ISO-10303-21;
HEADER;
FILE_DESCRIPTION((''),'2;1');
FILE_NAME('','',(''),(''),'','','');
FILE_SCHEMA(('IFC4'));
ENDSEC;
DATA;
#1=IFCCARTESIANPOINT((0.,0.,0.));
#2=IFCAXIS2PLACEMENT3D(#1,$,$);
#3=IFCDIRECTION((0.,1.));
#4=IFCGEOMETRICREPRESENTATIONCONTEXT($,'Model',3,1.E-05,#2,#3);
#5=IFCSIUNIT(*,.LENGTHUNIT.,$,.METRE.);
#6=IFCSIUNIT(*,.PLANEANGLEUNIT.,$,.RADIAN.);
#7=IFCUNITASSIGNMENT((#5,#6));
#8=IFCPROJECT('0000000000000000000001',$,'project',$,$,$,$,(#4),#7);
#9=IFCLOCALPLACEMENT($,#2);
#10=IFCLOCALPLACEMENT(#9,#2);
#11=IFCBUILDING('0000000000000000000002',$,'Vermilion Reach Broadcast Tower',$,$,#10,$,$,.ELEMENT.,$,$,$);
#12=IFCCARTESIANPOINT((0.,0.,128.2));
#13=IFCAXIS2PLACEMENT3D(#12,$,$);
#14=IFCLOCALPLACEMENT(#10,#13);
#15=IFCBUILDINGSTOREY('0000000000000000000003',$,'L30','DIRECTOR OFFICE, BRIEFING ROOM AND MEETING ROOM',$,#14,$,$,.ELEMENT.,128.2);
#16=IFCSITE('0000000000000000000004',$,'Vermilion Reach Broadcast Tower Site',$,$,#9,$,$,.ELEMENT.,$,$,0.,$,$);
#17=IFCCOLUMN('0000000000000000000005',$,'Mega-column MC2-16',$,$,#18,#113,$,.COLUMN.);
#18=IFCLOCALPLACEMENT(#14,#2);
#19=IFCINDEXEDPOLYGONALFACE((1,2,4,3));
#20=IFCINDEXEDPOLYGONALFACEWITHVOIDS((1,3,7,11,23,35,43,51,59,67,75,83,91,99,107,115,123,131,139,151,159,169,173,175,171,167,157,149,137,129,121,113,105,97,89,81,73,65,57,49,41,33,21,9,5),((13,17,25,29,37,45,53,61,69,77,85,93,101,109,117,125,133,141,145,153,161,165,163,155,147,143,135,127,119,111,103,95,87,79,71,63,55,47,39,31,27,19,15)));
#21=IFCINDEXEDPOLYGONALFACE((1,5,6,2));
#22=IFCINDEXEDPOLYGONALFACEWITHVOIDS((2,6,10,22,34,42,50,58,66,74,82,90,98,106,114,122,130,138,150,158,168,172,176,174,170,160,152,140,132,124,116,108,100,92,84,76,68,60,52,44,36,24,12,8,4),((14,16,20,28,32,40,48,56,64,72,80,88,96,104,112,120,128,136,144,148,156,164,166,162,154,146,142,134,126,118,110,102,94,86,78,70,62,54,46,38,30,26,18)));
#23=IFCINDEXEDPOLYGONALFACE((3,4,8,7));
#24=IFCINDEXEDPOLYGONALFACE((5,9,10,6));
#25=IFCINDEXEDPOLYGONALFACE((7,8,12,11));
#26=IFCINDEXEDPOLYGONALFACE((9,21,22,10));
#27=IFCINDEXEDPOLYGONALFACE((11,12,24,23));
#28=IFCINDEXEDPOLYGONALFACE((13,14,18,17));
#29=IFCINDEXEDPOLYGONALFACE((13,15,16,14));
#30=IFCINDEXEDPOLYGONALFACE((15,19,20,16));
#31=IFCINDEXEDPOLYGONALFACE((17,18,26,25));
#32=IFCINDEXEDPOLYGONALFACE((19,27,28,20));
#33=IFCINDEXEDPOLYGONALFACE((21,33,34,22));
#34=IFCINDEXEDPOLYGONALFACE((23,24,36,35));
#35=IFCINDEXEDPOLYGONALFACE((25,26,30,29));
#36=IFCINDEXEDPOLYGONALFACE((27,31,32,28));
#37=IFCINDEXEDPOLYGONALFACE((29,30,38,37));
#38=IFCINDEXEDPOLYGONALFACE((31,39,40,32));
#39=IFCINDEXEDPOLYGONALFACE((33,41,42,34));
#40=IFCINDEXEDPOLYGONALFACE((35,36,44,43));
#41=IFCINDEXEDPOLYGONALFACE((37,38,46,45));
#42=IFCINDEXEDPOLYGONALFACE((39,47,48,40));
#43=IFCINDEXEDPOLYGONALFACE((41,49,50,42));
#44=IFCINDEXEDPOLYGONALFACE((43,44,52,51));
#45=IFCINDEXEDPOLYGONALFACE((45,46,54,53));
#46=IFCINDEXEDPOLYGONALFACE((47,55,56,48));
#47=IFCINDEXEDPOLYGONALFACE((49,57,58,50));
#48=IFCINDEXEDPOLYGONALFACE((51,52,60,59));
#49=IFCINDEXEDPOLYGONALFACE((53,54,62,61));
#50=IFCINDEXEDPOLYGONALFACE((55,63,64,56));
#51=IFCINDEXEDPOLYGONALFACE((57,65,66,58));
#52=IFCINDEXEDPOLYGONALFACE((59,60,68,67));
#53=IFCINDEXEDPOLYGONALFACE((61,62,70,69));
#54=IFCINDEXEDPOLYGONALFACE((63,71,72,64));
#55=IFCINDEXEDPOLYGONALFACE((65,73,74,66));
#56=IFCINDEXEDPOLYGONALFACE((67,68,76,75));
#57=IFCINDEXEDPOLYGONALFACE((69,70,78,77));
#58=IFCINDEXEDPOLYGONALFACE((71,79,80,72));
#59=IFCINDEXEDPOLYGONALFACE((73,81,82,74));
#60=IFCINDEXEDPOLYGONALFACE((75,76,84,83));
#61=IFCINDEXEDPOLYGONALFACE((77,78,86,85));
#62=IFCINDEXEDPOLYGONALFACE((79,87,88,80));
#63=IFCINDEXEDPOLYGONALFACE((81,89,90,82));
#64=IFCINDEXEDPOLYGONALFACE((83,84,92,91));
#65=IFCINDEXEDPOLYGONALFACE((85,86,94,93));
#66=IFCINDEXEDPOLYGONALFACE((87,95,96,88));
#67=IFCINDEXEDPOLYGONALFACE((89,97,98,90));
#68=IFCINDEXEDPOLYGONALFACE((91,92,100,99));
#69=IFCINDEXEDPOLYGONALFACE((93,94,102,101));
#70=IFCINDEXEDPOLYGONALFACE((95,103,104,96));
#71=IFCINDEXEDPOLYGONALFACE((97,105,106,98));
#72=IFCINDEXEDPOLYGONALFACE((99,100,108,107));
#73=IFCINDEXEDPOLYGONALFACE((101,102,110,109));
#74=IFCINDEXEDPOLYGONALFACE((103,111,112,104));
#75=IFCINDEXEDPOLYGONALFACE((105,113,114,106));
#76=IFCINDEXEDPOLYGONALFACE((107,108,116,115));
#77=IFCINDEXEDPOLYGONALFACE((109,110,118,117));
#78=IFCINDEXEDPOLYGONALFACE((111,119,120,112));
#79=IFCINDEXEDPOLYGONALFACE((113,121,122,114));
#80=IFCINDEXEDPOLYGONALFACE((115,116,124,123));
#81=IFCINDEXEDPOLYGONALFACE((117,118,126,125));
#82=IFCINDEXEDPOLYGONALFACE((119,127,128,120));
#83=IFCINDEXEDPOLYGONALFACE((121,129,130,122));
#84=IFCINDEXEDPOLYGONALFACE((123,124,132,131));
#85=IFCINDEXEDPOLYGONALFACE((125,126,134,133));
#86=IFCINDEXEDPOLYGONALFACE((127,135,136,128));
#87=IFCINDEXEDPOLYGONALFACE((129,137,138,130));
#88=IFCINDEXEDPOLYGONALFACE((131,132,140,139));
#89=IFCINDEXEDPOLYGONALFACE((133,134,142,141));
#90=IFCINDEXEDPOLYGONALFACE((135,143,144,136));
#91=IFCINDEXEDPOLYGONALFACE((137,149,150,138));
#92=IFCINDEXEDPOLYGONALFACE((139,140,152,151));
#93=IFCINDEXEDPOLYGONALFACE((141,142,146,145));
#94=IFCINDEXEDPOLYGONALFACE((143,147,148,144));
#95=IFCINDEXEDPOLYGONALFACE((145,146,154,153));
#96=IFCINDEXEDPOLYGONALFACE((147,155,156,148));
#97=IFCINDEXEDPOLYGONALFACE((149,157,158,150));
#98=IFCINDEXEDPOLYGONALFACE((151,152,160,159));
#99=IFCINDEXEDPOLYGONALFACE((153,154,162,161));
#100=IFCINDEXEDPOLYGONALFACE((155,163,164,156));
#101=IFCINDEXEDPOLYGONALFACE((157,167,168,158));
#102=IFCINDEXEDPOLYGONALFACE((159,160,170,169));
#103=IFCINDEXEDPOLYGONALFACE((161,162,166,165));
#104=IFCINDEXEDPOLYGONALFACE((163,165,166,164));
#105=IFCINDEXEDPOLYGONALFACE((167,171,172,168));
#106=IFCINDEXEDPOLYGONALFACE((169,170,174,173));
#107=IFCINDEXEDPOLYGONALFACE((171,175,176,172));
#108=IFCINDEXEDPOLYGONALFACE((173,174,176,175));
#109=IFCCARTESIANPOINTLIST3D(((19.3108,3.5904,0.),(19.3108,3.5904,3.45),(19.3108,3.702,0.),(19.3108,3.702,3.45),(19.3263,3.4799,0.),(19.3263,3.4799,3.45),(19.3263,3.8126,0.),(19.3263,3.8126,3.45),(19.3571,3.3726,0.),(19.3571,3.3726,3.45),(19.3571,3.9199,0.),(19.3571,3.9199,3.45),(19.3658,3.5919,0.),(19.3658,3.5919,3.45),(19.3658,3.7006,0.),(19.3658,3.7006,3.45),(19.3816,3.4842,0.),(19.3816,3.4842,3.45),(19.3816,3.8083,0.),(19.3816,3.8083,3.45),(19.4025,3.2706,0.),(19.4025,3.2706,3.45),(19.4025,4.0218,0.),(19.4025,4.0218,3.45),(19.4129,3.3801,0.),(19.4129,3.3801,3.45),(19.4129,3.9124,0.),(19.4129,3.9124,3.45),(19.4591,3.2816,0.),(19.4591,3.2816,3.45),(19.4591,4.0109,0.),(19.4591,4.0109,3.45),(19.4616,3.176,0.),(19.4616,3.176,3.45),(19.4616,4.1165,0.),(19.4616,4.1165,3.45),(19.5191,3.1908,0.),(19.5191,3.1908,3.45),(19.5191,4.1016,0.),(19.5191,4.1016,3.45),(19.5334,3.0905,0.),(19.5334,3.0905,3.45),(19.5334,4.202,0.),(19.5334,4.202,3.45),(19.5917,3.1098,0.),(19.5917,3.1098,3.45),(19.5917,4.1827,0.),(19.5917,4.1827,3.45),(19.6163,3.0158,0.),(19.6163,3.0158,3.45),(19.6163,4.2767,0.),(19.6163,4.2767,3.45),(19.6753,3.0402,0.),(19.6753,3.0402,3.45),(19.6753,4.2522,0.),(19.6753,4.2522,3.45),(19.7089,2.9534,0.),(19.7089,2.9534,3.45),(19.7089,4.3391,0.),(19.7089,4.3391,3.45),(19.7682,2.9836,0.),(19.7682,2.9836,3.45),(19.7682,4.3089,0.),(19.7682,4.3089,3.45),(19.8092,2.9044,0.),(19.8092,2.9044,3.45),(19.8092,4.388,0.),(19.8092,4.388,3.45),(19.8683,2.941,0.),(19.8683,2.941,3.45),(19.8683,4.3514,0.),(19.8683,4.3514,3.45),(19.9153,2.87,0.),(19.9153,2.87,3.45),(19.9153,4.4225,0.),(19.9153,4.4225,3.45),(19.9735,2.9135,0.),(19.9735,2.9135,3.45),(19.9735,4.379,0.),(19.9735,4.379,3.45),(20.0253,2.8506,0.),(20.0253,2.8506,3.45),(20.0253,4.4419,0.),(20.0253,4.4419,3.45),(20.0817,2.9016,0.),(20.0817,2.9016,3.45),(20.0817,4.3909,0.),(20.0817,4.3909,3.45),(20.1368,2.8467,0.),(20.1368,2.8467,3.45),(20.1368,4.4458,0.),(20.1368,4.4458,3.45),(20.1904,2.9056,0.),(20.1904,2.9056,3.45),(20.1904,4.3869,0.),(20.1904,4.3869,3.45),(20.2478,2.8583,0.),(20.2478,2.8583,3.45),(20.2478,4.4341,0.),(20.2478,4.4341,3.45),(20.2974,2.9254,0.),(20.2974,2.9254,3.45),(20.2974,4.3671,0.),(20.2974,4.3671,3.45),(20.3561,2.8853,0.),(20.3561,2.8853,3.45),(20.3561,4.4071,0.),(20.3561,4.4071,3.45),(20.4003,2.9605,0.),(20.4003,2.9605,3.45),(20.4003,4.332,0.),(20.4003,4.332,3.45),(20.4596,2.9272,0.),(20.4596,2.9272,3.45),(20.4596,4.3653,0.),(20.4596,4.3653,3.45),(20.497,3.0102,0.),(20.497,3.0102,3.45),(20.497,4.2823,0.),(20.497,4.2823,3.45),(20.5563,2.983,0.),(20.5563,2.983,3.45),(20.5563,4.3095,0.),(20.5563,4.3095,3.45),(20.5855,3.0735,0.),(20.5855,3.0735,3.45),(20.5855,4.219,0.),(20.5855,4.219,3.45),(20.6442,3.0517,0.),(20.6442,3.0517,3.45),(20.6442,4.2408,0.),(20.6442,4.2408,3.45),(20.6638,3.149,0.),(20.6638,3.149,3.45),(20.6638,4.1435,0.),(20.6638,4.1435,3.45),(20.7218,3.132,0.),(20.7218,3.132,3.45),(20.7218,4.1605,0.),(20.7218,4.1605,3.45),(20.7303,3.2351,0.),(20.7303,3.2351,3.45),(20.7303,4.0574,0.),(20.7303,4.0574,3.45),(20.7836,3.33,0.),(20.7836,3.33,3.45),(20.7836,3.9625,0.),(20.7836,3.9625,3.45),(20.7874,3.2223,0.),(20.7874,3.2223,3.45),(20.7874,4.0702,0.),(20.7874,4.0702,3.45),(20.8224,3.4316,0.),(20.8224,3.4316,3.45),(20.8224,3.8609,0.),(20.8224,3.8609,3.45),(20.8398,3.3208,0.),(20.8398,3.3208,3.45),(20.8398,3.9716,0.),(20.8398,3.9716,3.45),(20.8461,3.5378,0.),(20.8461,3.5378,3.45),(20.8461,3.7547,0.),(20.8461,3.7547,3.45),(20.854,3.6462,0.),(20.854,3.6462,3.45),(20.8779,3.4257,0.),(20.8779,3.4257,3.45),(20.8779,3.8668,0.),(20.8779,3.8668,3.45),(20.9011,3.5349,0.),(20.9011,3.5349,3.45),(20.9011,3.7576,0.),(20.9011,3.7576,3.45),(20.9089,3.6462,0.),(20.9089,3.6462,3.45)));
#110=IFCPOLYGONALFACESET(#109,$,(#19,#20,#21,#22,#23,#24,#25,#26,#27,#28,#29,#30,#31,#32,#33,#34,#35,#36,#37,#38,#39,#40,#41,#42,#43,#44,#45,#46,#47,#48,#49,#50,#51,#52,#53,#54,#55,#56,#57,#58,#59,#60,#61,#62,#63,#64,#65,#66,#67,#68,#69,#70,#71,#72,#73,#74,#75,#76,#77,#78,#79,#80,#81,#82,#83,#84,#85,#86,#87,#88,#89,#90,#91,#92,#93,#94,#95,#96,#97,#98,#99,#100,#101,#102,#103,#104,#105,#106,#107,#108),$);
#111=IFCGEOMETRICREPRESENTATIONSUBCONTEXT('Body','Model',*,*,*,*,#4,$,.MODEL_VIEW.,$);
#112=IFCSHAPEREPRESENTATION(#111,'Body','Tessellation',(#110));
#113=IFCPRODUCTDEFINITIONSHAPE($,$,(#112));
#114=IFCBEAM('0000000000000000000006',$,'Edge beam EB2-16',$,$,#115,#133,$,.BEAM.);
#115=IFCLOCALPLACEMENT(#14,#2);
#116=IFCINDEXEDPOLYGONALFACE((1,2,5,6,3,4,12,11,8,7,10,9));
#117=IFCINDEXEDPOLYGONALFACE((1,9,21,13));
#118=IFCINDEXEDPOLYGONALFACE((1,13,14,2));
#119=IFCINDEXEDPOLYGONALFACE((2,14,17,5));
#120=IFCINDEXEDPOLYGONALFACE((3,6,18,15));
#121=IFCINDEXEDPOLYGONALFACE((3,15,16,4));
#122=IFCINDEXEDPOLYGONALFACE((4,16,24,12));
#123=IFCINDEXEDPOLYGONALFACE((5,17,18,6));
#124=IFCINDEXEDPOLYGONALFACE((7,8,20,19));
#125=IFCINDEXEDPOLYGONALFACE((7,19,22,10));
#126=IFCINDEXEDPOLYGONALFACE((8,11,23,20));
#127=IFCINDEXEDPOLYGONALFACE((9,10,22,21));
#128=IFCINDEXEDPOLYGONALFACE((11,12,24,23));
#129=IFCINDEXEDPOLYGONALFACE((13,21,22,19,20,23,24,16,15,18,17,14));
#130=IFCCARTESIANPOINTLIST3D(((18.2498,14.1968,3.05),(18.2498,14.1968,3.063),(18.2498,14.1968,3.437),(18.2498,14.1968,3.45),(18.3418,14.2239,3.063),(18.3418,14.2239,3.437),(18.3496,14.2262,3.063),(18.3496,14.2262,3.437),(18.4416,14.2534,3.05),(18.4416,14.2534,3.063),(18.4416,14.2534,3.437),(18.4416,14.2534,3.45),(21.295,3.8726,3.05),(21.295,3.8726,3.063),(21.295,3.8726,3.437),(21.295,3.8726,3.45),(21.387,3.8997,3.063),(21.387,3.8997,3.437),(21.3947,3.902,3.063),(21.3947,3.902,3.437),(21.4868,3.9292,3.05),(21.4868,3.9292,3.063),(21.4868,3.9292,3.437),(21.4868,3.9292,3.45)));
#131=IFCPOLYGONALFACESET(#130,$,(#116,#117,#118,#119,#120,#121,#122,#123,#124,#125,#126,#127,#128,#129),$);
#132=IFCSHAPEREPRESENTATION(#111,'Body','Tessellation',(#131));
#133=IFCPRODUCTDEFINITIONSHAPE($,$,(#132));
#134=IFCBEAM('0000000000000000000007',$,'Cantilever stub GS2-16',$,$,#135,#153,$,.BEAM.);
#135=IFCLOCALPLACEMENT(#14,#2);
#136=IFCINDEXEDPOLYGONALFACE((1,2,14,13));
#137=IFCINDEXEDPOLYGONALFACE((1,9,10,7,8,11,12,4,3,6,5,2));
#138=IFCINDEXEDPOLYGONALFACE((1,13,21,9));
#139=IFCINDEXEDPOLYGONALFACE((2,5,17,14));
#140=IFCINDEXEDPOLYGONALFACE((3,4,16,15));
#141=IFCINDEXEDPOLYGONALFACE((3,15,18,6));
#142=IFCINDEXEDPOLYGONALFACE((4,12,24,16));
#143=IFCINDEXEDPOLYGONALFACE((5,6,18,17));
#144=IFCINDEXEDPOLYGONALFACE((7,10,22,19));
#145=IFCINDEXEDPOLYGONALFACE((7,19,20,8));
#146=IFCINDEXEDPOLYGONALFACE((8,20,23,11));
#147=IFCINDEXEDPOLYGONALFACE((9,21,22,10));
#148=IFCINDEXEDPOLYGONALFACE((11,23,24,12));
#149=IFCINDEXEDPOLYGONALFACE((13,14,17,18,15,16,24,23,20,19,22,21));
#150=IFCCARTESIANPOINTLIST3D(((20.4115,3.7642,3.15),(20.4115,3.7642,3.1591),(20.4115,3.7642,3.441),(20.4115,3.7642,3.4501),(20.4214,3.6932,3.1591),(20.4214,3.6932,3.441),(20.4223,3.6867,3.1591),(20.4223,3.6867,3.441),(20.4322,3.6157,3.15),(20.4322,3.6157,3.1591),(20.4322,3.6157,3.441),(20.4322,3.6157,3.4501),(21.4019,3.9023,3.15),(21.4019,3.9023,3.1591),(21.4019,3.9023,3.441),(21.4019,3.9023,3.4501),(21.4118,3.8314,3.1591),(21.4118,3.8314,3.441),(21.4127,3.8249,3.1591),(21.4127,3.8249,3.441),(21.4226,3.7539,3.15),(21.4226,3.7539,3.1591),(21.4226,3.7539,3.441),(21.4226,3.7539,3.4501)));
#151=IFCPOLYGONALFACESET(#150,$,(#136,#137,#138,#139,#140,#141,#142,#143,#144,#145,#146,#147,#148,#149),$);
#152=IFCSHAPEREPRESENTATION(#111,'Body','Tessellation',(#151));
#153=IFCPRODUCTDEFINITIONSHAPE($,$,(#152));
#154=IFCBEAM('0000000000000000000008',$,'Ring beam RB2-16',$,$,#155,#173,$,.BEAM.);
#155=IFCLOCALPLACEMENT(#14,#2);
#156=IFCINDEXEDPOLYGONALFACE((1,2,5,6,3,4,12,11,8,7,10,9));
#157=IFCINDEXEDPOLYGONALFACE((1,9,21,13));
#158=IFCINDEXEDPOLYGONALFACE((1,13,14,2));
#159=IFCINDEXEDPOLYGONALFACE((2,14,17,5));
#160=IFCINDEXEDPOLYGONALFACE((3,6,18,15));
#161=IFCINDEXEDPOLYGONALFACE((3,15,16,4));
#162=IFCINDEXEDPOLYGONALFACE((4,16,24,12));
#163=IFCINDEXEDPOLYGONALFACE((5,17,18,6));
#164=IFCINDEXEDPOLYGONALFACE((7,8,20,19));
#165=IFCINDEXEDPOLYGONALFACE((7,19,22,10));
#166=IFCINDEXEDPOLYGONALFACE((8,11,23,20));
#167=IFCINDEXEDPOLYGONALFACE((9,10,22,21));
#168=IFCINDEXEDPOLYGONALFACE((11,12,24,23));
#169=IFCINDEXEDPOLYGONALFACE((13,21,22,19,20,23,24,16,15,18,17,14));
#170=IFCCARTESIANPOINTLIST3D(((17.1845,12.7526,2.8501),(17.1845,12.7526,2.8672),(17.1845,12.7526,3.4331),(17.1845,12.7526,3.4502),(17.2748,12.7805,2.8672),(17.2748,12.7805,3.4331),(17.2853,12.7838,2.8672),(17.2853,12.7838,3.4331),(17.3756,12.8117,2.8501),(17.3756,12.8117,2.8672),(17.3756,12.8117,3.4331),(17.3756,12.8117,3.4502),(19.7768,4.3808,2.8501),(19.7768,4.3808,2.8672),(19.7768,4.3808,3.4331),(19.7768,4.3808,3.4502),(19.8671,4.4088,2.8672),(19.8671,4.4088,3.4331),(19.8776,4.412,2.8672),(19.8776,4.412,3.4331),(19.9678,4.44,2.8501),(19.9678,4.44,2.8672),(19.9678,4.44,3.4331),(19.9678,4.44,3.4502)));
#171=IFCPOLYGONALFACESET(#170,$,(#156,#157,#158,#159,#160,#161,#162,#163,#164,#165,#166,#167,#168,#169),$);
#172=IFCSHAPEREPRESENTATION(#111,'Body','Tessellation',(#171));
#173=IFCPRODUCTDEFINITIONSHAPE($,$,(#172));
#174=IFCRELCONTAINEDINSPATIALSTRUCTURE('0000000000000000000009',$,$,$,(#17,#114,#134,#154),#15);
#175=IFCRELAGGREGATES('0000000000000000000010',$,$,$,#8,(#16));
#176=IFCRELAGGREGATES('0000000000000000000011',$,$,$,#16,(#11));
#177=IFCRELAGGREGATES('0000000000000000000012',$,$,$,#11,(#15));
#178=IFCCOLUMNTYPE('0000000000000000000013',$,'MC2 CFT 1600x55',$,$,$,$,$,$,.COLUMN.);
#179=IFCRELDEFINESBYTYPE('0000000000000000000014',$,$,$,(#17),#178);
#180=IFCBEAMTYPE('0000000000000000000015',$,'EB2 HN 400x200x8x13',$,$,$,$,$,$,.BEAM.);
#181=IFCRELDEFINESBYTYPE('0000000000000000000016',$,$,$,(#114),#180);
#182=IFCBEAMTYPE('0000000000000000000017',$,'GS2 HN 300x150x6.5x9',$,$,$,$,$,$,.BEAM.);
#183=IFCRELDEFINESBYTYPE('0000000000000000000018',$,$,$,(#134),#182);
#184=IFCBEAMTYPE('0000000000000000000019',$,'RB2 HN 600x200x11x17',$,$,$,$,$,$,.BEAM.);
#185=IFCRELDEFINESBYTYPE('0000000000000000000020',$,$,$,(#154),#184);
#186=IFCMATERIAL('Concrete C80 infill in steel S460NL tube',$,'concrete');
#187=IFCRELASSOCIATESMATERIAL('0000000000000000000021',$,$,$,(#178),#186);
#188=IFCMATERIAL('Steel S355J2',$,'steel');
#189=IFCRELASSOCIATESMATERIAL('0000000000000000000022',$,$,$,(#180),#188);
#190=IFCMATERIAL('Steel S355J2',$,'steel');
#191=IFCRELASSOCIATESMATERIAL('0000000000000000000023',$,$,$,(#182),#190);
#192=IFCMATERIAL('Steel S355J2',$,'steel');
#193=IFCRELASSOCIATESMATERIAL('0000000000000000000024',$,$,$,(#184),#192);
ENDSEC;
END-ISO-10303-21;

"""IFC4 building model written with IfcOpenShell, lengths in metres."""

from ifc_helpers import new_model, si_unit, direction, frame, origin, origin_2d, place, context, subcontext, project, spatial, hollow_circle, i_section, extrude, material, material_profile, profile_set, type_object, element, save


model = new_model("IFC4")

# Units and contexts
model_context = context("Model", 3, precision=1e-05, world=origin(), true_north=direction((0.0, 1.0)))
body_context = subcontext(model_context, "Body", "Model", "MODEL_VIEW")
ifc_project = project(units=[si_unit("LENGTHUNIT", "METRE"), si_unit("PLANEANGLEUNIT", "RADIAN")], contexts=[model_context])

# Site, building, storey
site_placement = place(None, origin())
site = spatial("IfcSite", under=ifc_project, at=site_placement, Name="Vermilion Reach Broadcast Tower Site", CompositionType="ELEMENT", RefElevation=0.0)
building_placement = place(site_placement, origin())
building = spatial("IfcBuilding", under=site, at=building_placement, Name="Vermilion Reach Broadcast Tower", CompositionType="ELEMENT")
storey_placement = place(building_placement, frame((0.0, 0.0, 128.2)))
storey = spatial("IfcBuildingStorey", under=building, at=storey_placement, Name="L30", Description="DIRECTOR OFFICE, BRIEFING ROOM AND MEETING ROOM", CompositionType="ELEMENT", Elevation=128.2)

# Column
ifc_material_1 = material(Name="Concrete C80 infill in steel S460NL tube", Category="concrete")
ifc_material_profile_1 = material_profile(ifc_material_1, hollow_circle(Radius=0.8, WallThickness=0.0549, at=origin_2d()), Name="Concrete C80 infill in steel S460NL tube CFT 1600x55")
ifc_profile_set_1 = profile_set([ifc_material_profile_1], Name="Concrete C80 infill in steel S460NL tube")
column_type = type_object("IfcColumnType", Name="MC2 CFT 1600x55", PredefinedType="COLUMN", material=ifc_profile_set_1)
column_placement = place(storey_placement, frame((20.1089, 3.6462, 0.0), z_axis=(0.0, 0.0, 1.0), x_axis=(1.0, 0.0, 0.0)))
element("IfcColumn", 1, at=column_placement, inside=storey, type_object=column_type, Name="Mega-column MC2-16", PredefinedType="COLUMN", context=body_context, shape_type="SweptSolid", body=[
    extrude(hollow_circle(Radius=0.8, WallThickness=0.0549, at=origin_2d()), origin(), (0.0, 0.0, 1.0), 3.45),
])

# Beams
ifc_material_2 = material(Name="Steel S355J2", Category="steel")
ifc_material_profile_2 = material_profile(ifc_material_2, i_section(OverallWidth=0.2, OverallDepth=0.3999, WebThickness=0.0081, FlangeThickness=0.0129, at=origin_2d()), Name="S355J2 HN 400x200x8x13")
ifc_profile_set_2 = profile_set([ifc_material_profile_2], Name="Steel S355J2")
beam_type_1 = type_object("IfcBeamType", Name="EB2 HN 400x200x8x13", PredefinedType="BEAM", material=ifc_profile_set_2)
beam_1_placement = place(storey_placement, frame((21.3909, 3.9009, 3.25), z_axis=(-0.282904, 0.959148, 0.0), x_axis=(-0.959148, -0.282904, 0.0)))
element("IfcBeam", 2, at=beam_1_placement, inside=storey, type_object=beam_type_1, Name="Edge beam EB2-16", PredefinedType="BEAM", context=body_context, shape_type="SweptSolid", body=[
    extrude(i_section(OverallWidth=0.2, OverallDepth=0.3999, WebThickness=0.0081, FlangeThickness=0.0129, at=origin_2d()), origin(), (0.0, 0.0, 1.0), 10.7639),
])
ifc_material_3 = material(Name="Steel S355J2", Category="steel")
ifc_material_profile_3 = material_profile(ifc_material_3, i_section(OverallWidth=0.1499, OverallDepth=0.3, WebThickness=0.0066, FlangeThickness=0.009, at=origin_2d()), Name="S355J2 HN 300x150x6.5x9")
ifc_profile_set_3 = profile_set([ifc_material_profile_3], Name="Steel S355J2")
beam_type_2 = type_object("IfcBeamType", Name="GS2 HN 300x150x6.5x9", PredefinedType="BEAM", material=ifc_profile_set_3)
beam_2_placement = place(storey_placement, frame((20.4219, 3.6899, 3.3), z_axis=(0.990408, 0.138174, 0.0), x_axis=(-0.138174, 0.990408, 0.0)))
element("IfcBeam", 3, at=beam_2_placement, inside=storey, type_object=beam_type_2, Name="Cantilever stub GS2-16", PredefinedType="BEAM", context=body_context, shape_type="SweptSolid", body=[
    extrude(i_section(OverallWidth=0.1499, OverallDepth=0.3, WebThickness=0.0066, FlangeThickness=0.009, at=origin_2d()), origin(), (0.0, 0.0, 1.0), 1.0),
])
ifc_material_4 = material(Name="Steel S355J2", Category="steel")
ifc_material_profile_4 = material_profile(ifc_material_4, i_section(OverallWidth=0.2, OverallDepth=0.6001, WebThickness=0.011, FlangeThickness=0.0171, at=origin_2d()), Name="S355J2 HN 600x200x11x17")
ifc_profile_set_4 = profile_set([ifc_material_profile_4], Name="Steel S355J2")
beam_type_3 = type_object("IfcBeamType", Name="RB2 HN 600x200x11x17", PredefinedType="BEAM", material=ifc_profile_set_4)
beam_3_placement = place(storey_placement, frame((19.8723, 4.4104, 3.1501), z_axis=(-0.295788, 0.955253, 0.0), x_axis=(-0.955253, -0.295788, 0.0)))
element("IfcBeam", 4, at=beam_3_placement, inside=storey, type_object=beam_type_3, Name="Ring beam RB2-16", PredefinedType="BEAM", context=body_context, shape_type="SweptSolid", body=[
    extrude(i_section(OverallWidth=0.2, OverallDepth=0.6001, WebThickness=0.011, FlangeThickness=0.0171, at=origin_2d()), origin(), (0.0, 0.0, 1.0), 8.7639),
])

save(model, "model.ifc")
